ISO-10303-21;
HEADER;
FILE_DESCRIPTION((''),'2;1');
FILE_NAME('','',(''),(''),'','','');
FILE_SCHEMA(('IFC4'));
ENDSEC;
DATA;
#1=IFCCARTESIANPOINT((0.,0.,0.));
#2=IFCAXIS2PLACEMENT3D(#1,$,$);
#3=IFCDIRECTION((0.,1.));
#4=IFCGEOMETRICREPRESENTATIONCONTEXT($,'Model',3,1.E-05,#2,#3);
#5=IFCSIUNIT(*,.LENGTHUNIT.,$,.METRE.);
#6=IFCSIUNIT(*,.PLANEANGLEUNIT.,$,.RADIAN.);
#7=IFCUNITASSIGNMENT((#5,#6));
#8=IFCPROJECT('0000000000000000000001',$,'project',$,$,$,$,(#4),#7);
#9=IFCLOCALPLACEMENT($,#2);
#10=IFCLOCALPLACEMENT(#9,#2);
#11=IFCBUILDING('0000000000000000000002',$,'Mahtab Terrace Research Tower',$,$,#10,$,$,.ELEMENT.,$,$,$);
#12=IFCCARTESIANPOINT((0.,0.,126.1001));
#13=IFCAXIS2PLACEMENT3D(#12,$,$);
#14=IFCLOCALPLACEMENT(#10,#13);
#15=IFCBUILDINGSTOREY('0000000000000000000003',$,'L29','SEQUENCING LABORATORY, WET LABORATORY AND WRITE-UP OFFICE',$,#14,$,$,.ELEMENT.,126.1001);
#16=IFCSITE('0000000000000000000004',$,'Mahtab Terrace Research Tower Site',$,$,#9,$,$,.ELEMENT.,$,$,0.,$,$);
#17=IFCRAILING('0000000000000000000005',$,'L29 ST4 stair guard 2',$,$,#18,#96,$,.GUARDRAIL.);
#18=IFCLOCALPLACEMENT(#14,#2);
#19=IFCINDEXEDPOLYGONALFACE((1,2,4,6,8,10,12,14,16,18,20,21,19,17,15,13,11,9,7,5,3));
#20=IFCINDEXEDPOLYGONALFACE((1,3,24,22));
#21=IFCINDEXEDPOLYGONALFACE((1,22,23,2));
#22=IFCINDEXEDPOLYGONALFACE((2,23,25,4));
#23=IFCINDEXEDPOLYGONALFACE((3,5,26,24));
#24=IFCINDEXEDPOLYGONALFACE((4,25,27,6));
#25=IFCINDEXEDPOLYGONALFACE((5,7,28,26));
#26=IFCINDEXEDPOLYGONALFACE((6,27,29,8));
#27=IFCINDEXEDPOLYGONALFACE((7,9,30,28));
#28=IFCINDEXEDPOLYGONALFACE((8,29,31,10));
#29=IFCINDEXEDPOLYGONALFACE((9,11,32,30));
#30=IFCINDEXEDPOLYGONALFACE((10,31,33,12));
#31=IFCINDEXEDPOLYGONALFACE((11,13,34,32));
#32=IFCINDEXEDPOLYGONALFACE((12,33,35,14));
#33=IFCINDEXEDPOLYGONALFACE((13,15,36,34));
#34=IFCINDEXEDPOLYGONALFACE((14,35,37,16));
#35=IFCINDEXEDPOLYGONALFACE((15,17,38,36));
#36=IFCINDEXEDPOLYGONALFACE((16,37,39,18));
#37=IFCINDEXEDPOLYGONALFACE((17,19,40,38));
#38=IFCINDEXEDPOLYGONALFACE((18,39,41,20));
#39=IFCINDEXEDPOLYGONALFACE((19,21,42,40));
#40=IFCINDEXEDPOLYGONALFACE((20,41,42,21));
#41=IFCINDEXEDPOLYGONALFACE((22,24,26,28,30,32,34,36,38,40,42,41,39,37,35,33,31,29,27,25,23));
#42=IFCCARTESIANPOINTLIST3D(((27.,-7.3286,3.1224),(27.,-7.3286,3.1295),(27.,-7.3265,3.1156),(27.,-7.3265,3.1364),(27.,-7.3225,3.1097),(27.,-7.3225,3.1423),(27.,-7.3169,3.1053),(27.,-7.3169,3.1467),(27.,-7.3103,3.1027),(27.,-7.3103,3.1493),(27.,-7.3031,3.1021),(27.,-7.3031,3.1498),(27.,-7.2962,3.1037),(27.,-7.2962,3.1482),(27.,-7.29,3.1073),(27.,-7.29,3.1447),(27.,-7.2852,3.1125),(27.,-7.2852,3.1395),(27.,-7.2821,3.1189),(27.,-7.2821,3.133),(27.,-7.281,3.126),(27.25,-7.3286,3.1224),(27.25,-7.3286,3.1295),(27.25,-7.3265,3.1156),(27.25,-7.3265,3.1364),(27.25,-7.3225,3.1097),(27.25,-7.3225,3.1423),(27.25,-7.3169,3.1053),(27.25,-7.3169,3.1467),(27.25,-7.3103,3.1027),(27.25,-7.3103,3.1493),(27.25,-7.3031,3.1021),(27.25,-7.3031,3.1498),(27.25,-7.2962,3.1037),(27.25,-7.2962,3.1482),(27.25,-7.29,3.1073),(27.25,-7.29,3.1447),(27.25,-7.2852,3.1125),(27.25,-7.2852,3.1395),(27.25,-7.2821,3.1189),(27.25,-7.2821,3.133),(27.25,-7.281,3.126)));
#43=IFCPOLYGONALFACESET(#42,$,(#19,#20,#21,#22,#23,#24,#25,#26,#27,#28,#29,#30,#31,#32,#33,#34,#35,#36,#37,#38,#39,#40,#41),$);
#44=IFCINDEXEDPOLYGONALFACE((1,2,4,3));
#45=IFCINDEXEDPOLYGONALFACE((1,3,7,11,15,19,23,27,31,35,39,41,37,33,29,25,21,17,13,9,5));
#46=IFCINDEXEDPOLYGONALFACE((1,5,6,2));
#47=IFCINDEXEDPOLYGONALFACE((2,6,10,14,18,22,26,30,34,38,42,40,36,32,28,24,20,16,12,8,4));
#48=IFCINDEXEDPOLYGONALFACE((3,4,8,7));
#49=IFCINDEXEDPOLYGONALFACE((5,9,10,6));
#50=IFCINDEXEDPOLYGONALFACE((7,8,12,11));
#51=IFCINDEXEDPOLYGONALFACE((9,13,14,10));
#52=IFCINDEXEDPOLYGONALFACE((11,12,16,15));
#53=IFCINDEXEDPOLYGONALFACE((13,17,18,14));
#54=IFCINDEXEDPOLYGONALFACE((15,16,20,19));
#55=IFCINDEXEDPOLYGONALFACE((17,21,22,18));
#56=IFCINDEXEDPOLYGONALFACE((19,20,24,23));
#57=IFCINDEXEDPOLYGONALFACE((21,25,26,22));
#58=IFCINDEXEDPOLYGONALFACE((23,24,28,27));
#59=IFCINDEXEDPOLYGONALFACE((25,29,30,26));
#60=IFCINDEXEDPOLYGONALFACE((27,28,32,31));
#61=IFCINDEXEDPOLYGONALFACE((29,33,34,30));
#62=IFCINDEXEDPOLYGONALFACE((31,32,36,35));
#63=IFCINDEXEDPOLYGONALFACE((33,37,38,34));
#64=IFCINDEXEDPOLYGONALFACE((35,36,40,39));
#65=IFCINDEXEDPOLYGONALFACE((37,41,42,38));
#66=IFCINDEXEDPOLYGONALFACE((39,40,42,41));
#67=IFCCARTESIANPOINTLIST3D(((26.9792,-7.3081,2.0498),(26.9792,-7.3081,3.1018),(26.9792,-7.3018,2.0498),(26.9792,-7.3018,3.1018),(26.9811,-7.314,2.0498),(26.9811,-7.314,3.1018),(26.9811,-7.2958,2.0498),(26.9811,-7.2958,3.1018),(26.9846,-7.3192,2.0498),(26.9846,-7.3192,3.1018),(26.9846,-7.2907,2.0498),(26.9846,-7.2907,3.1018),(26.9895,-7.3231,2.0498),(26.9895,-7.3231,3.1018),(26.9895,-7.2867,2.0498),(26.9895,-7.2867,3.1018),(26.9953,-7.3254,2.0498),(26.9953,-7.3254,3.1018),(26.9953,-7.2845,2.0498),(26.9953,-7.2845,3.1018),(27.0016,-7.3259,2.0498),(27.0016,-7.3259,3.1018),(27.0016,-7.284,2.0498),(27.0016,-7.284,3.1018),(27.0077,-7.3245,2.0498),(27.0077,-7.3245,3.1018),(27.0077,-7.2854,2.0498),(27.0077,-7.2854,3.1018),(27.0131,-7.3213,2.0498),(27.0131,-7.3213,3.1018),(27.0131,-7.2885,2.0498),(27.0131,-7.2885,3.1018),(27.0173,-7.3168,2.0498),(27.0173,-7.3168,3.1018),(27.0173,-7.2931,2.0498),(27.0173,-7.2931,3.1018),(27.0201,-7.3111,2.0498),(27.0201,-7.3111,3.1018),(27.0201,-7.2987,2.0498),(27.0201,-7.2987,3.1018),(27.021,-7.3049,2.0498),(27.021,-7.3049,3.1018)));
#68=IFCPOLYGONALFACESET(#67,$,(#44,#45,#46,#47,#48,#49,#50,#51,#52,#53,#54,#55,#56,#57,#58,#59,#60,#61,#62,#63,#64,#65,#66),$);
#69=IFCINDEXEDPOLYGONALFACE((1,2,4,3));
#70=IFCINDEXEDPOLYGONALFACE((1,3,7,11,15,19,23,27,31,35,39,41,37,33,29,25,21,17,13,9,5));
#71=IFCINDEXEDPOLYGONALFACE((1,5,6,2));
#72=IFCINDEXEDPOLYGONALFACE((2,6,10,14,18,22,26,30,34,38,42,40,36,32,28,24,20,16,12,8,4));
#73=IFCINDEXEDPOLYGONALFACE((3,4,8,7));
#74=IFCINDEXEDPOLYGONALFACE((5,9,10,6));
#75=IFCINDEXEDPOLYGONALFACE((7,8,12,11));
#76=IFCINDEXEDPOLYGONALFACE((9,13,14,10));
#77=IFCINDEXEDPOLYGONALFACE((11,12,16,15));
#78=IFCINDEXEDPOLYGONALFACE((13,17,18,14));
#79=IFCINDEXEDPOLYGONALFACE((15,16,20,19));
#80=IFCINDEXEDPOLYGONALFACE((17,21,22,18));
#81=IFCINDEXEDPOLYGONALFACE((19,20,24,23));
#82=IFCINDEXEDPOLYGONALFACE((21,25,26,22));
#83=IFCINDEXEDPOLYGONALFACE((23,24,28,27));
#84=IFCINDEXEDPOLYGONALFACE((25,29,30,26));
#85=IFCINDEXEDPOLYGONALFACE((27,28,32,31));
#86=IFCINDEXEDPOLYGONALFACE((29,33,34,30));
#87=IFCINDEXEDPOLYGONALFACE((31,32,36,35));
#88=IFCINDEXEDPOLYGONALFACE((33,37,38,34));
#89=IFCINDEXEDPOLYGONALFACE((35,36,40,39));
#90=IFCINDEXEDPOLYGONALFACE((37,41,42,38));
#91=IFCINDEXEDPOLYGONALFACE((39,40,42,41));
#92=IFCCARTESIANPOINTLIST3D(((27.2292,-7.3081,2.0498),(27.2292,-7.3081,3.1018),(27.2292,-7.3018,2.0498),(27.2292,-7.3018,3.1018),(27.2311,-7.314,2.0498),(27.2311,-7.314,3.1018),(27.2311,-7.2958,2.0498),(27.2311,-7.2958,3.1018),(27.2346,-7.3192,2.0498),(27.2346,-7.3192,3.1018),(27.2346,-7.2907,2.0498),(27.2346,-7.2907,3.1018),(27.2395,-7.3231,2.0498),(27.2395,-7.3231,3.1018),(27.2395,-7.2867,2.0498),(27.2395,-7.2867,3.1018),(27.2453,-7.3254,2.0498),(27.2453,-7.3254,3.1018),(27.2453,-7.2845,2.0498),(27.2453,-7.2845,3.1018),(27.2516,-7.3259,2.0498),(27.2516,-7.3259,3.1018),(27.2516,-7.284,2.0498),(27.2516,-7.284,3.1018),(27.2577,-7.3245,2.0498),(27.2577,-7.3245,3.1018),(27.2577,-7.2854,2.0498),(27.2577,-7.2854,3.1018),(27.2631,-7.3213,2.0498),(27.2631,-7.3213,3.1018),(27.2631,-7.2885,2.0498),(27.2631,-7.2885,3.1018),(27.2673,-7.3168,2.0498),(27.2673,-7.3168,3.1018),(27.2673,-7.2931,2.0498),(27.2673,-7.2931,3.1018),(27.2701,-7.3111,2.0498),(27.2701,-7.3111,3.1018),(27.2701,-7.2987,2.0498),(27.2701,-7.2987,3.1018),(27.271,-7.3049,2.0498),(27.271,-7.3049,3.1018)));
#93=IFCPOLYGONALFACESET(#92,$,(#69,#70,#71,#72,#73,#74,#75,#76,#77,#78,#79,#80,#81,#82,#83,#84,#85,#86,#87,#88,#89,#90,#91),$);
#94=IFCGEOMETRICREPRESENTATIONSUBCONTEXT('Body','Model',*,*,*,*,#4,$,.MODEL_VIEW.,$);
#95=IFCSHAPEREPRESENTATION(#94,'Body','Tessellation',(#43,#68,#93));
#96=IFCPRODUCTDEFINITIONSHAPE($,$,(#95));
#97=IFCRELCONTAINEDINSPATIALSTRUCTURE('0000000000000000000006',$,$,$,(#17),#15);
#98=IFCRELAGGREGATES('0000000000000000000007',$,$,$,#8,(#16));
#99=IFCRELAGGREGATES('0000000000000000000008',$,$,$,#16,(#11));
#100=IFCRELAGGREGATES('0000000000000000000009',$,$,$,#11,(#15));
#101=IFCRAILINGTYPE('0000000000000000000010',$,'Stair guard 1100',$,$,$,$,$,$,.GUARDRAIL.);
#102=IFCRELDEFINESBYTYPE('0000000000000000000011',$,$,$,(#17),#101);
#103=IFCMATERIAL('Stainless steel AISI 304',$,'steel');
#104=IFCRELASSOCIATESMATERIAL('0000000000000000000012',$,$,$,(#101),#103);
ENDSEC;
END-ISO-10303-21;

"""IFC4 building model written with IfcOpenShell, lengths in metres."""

from ifc_helpers import new_model, si_unit, direction, frame, origin, origin_2d, place, context, subcontext, project, spatial, circle, extrude, material, type_object, element, save


model = new_model("IFC4")

# Units and contexts
model_context = context("Model", 3, precision=1e-05, world=origin(), true_north=direction((0.0, 1.0)))
body_context = subcontext(model_context, "Body", "Model", "MODEL_VIEW")
ifc_project = project(units=[si_unit("LENGTHUNIT", "METRE"), si_unit("PLANEANGLEUNIT", "RADIAN")], contexts=[model_context])

# Site, building, storey
site_placement = place(None, origin())
site = spatial("IfcSite", under=ifc_project, at=site_placement, Name="Mahtab Terrace Research Tower Site", CompositionType="ELEMENT", RefElevation=0.0)
building_placement = place(site_placement, origin())
building = spatial("IfcBuilding", under=site, at=building_placement, Name="Mahtab Terrace Research Tower", CompositionType="ELEMENT")
storey_placement = place(building_placement, frame((0.0, 0.0, 126.1001)))
storey = spatial("IfcBuildingStorey", under=building, at=storey_placement, Name="L29", Description="SEQUENCING LABORATORY, WET LABORATORY AND WRITE-UP OFFICE", CompositionType="ELEMENT", Elevation=126.1001)

# Railing
ifc_material_1 = material(Name="Stainless steel AISI 304", Category="steel")
railing_type_1 = type_object("IfcRailingType", Name="Stair guard 1100", PredefinedType="GUARDRAIL", material=ifc_material_1)
railing_1_placement = place(storey_placement, frame((27.0, -7.3049, 2.0498)))
element("IfcRailing", 1, at=railing_1_placement, inside=storey, type_object=railing_type_1, Name="L29 ST4 stair guard 2", PredefinedType="GUARDRAIL", context=body_context, shape_type="SweptSolid", body=[
    extrude(circle(Radius=0.0239, at=origin_2d()), frame((0.0, 0.0, 1.0762), z_axis=(1.0, 0.0, 0.0), x_axis=(0.0, 1.0, 0.0)), (0.0, 0.0, 1.0), 0.25),
    extrude(circle(Radius=0.021, at=origin_2d()), origin(), (0.0, 0.0, 1.0), 1.052),
    extrude(circle(Radius=0.021, at=origin_2d()), frame((0.25, 0.0, 0.0)), (0.0, 0.0, 1.0), 1.052),
])

save(model, "model.ifc")
